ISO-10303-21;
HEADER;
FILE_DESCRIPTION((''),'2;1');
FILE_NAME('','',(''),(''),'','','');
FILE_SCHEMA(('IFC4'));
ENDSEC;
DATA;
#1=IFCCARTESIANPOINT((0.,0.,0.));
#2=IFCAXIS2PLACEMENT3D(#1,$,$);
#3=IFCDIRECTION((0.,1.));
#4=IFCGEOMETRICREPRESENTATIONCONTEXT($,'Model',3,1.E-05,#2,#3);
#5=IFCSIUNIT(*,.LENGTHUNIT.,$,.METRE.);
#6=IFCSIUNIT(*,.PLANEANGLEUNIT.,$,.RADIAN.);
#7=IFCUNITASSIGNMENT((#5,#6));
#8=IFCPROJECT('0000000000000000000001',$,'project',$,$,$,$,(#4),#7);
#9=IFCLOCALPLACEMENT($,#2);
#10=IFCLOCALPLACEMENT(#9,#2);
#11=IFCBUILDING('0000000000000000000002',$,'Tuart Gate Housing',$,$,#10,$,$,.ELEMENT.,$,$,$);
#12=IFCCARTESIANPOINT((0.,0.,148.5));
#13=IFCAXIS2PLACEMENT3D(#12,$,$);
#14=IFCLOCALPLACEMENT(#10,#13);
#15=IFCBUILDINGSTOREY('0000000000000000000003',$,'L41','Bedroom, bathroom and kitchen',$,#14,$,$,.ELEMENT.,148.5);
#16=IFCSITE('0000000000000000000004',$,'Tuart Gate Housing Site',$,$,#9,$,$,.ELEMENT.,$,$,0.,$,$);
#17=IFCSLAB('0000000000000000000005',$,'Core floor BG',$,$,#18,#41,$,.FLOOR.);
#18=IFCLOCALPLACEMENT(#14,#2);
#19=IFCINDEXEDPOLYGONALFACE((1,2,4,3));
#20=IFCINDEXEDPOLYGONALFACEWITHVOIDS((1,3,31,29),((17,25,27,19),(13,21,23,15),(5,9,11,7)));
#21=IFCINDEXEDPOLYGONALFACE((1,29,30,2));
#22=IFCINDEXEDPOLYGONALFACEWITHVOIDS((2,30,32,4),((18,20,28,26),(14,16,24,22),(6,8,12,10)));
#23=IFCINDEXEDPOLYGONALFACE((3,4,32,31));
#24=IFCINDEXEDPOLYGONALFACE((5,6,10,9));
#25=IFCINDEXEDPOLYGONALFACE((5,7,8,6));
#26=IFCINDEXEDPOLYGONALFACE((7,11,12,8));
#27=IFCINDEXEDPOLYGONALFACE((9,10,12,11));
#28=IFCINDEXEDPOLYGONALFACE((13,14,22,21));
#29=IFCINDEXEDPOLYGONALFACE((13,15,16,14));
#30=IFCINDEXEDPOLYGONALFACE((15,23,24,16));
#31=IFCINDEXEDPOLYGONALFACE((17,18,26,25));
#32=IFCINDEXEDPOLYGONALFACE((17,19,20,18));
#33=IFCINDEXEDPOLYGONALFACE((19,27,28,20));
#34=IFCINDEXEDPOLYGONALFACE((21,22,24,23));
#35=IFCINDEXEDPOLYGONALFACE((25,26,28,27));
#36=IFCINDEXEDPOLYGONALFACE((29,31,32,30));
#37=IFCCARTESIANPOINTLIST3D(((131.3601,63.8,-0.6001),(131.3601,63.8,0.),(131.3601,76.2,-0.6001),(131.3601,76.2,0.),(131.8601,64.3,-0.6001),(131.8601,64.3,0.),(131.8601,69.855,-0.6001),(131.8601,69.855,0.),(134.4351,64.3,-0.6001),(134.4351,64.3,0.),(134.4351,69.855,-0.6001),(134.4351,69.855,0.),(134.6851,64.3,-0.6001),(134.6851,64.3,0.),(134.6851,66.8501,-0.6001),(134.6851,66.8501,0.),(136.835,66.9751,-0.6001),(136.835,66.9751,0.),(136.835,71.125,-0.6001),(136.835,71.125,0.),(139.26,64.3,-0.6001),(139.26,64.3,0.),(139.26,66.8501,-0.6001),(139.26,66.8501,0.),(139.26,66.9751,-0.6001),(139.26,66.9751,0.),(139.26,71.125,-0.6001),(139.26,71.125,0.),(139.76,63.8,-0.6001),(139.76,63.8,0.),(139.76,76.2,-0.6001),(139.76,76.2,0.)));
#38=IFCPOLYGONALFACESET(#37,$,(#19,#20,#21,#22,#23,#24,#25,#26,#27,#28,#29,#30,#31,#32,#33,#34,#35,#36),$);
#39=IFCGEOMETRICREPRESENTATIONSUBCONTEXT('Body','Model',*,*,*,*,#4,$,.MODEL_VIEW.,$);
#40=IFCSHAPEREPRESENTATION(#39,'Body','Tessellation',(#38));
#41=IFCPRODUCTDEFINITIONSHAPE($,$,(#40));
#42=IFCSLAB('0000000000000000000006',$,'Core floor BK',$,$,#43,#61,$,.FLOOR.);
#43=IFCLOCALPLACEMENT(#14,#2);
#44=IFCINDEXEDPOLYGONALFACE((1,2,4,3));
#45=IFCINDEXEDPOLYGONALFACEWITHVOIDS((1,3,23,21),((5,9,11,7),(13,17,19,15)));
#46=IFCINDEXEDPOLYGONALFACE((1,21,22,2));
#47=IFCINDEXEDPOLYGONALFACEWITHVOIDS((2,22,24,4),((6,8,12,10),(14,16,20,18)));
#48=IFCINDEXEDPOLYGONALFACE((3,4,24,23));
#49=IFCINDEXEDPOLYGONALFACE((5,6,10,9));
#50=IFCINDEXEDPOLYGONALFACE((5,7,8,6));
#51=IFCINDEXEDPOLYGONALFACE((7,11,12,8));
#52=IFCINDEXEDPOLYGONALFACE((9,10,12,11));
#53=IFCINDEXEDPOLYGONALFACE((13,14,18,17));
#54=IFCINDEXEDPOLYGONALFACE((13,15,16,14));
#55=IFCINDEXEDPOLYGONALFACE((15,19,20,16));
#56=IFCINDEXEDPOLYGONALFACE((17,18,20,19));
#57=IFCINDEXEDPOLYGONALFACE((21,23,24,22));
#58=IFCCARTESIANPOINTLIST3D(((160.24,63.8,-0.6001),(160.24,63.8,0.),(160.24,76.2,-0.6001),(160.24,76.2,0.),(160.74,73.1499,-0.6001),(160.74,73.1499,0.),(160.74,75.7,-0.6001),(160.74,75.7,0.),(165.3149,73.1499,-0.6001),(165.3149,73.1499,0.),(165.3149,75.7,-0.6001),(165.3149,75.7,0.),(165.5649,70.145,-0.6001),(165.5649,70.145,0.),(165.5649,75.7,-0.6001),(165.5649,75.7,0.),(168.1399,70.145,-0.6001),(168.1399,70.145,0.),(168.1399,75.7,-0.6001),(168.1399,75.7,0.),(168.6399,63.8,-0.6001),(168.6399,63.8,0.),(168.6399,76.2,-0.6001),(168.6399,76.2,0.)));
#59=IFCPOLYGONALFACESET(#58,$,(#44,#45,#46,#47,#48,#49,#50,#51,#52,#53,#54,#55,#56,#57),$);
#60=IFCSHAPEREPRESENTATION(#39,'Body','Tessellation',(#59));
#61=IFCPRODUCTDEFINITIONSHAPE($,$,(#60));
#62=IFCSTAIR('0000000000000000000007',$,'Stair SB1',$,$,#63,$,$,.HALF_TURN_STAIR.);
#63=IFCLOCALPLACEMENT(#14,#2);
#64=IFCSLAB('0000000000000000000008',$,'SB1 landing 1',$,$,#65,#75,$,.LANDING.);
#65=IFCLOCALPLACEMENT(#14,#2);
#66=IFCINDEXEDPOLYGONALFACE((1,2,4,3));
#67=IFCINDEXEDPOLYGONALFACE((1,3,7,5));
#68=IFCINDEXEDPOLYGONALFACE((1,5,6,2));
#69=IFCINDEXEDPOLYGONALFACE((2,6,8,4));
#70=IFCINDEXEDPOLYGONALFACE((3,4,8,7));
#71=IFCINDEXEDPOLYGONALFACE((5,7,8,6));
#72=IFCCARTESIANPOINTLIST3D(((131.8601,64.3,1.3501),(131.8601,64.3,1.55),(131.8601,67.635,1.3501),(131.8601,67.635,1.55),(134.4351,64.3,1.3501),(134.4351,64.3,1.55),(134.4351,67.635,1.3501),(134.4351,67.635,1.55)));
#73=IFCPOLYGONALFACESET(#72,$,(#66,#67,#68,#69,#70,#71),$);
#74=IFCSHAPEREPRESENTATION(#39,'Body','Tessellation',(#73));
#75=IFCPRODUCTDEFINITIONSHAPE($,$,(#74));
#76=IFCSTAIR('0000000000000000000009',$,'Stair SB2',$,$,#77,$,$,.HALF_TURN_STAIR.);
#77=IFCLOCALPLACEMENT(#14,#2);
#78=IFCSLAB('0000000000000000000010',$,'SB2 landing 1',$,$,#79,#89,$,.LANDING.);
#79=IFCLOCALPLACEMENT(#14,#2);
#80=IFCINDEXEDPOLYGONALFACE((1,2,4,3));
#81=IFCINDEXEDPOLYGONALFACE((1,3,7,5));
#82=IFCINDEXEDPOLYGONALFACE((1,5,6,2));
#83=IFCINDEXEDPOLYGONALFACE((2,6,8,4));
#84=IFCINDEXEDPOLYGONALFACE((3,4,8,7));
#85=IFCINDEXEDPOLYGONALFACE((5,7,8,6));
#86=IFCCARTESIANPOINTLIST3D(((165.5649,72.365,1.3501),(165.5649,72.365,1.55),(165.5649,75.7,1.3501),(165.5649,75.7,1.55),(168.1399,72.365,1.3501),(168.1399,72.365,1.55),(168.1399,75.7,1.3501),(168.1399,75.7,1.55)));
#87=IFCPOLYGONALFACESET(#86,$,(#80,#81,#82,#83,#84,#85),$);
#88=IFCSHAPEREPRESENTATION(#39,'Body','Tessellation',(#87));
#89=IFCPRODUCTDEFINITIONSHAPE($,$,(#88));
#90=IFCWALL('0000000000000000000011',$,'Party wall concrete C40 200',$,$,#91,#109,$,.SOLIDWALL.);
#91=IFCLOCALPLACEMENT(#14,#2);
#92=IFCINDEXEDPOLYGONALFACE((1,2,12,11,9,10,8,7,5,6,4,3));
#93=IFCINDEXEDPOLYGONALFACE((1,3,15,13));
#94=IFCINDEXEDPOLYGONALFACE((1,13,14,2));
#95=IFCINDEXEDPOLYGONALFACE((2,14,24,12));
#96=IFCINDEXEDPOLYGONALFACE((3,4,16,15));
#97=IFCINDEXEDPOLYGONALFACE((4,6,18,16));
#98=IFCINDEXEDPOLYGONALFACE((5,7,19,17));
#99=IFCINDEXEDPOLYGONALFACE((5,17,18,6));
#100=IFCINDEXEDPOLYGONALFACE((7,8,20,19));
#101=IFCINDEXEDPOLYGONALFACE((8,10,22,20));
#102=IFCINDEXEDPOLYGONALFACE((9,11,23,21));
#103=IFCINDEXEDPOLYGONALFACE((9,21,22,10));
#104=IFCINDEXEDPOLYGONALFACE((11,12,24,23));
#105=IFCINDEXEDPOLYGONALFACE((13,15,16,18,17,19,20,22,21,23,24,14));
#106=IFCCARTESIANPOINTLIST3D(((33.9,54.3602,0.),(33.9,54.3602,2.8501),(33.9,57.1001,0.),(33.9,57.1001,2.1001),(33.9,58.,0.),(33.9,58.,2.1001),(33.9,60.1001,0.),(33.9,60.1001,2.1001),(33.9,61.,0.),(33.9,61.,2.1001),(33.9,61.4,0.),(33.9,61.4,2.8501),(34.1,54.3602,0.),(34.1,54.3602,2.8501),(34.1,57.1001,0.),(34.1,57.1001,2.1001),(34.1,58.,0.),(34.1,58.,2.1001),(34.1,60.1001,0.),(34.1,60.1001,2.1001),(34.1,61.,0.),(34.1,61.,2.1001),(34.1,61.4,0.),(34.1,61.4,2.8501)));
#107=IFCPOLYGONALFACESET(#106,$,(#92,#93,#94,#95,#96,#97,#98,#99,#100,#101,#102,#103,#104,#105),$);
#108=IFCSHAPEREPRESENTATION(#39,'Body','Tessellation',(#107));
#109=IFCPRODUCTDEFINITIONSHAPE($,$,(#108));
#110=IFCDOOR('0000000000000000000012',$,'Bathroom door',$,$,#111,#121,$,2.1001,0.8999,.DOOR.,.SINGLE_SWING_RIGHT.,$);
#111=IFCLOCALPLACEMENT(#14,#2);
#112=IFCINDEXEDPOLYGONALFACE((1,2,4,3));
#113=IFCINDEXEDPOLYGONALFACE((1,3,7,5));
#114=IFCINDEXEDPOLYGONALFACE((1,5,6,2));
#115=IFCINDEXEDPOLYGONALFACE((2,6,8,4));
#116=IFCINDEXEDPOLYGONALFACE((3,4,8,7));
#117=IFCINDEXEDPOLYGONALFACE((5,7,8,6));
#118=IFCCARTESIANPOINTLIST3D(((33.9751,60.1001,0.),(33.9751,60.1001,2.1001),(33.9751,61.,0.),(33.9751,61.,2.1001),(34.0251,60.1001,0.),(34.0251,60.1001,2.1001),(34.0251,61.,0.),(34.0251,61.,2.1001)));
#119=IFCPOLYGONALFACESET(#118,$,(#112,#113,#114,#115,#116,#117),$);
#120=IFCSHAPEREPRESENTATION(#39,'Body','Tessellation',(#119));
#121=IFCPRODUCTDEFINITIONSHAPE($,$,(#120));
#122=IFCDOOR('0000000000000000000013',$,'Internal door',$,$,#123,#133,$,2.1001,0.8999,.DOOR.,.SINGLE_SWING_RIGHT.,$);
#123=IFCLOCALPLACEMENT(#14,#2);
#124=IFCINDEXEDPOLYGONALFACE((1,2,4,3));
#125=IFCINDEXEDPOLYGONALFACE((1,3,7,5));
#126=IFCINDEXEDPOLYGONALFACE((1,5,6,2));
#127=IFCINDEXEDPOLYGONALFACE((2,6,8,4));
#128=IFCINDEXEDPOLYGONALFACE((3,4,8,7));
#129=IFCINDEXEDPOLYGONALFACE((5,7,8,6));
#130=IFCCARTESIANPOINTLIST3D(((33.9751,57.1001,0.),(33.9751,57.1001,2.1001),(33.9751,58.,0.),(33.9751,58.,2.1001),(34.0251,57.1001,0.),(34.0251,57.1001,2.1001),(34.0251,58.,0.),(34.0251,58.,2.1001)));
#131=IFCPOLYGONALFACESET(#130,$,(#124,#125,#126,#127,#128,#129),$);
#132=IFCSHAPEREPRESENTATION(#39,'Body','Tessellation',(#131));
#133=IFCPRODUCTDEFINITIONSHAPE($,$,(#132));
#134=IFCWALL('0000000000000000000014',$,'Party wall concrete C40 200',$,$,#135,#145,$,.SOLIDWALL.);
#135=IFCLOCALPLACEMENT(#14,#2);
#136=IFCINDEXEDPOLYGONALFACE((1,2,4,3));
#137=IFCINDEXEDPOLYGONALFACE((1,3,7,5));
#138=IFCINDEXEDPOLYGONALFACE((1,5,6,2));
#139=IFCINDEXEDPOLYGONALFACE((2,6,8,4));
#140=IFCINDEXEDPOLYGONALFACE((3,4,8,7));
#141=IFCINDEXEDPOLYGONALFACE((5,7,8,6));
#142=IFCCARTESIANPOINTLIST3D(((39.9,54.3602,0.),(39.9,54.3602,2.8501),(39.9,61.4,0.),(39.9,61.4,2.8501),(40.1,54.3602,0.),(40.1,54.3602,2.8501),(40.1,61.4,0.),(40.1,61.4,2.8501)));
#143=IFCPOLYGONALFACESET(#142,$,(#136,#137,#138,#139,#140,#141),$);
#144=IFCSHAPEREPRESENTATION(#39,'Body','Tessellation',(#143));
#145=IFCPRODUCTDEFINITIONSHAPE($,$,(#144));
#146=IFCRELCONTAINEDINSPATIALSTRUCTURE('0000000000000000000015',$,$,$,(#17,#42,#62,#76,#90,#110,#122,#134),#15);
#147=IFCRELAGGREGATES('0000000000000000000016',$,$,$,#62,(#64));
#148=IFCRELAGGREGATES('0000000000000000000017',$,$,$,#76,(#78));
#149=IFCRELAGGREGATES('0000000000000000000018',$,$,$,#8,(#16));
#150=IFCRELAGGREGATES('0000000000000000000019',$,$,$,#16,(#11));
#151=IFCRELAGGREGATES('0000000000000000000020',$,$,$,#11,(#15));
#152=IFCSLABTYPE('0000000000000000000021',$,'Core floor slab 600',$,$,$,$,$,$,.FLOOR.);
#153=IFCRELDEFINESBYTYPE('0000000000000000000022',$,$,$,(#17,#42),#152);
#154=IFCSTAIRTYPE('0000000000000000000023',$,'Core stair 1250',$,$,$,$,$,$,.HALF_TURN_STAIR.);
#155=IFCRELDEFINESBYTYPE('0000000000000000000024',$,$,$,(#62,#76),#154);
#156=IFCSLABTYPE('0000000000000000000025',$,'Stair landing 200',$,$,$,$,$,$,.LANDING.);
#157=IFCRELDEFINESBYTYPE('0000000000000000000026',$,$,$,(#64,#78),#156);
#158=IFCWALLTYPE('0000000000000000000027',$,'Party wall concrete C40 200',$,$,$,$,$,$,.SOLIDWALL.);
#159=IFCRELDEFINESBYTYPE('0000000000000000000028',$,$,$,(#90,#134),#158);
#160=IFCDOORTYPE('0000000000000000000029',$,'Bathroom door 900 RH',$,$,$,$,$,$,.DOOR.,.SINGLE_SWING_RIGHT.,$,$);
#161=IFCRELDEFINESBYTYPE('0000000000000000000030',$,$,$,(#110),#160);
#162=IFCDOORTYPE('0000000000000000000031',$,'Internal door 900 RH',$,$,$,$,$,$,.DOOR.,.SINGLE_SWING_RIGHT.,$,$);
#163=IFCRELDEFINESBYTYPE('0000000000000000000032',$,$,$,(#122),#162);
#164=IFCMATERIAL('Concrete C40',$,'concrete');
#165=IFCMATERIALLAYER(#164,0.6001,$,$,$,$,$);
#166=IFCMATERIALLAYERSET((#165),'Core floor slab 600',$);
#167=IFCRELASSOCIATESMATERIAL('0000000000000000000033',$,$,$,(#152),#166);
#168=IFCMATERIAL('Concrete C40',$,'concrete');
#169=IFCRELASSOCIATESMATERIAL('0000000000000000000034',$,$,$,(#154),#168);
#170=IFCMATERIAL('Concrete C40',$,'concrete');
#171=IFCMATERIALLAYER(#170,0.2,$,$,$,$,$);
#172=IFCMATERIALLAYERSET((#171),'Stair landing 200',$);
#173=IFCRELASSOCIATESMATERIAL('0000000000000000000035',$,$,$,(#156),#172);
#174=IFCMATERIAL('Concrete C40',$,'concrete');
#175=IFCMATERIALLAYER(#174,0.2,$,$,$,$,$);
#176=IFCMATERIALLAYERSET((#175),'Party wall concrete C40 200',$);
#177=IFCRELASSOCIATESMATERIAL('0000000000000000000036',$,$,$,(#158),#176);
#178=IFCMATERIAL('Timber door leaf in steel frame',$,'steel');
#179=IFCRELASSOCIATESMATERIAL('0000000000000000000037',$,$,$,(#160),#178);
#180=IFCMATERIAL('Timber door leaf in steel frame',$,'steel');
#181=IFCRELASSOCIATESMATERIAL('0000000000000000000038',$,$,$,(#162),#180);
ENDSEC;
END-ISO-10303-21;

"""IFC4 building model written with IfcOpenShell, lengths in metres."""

from ifc_helpers import new_model, si_unit, direction, frame, frame_2d, origin, place, context, subcontext, project, spatial, polyline, rectangle, outline, extrude, material, layer, layer_set, type_object, element, fill, aggregate, save


model = new_model("IFC4")

# Units and contexts
model_context = context("Model", 3, precision=1e-05, world=origin(), true_north=direction((0.0, 1.0)))
body_context = subcontext(model_context, "Body", "Model", "MODEL_VIEW")
ifc_project = project(units=[si_unit("LENGTHUNIT", "METRE"), si_unit("PLANEANGLEUNIT", "RADIAN")], contexts=[model_context])

# Site, building, storey
site_placement = place(None, origin())
site = spatial("IfcSite", under=ifc_project, at=site_placement, Name="Tuart Gate Housing Site", CompositionType="ELEMENT", RefElevation=0.0)
building_placement = place(site_placement, origin())
building = spatial("IfcBuilding", under=site, at=building_placement, Name="Tuart Gate Housing", CompositionType="ELEMENT")
storey_placement = place(building_placement, frame((0.0, 0.0, 148.5)))
storey = spatial("IfcBuildingStorey", under=building, at=storey_placement, Name="L41", Description="Bedroom, bathroom and kitchen", CompositionType="ELEMENT", Elevation=148.5)

# Slabs
ifc_material_1 = material(Name="Concrete C40", Category="concrete")
ifc_layer_1 = layer(ifc_material_1, 0.6001)
ifc_layer_set_1 = layer_set([ifc_layer_1], Name="Core floor slab 600")
slab_type_1 = type_object("IfcSlabType", Name="Core floor slab 600", PredefinedType="FLOOR", material=ifc_layer_set_1)
slab_1_placement = place(storey_placement, frame((0.0, 0.0, -0.6001)))
element("IfcSlab", 1, at=slab_1_placement, inside=storey, type_object=slab_type_1, Name="Core floor BG", PredefinedType="FLOOR", context=body_context, shape_type="SweptSolid", body=[
    extrude(outline(polyline([(131.3601, 63.8), (139.76, 63.8), (139.76, 76.2), (131.3601, 76.2), (131.3601, 63.8)]), holes=[polyline([(139.26, 66.8501), (134.6851, 66.8501), (134.6851, 64.3), (139.26, 64.3), (139.26, 66.8501)]), polyline([(139.26, 71.125), (136.835, 71.125), (136.835, 66.9751), (139.26, 66.9751), (139.26, 71.125)]), polyline([(134.4351, 69.855), (131.8601, 69.855), (131.8601, 64.3), (134.4351, 64.3), (134.4351, 69.855)])]), origin(), (0.0, 0.0, 1.0), 0.6001),
])
slab_2_placement = place(storey_placement, frame((0.0, 0.0, -0.6001)))
element("IfcSlab", 2, at=slab_2_placement, inside=storey, type_object=slab_type_1, Name="Core floor BK", PredefinedType="FLOOR", context=body_context, shape_type="SweptSolid", body=[
    extrude(outline(polyline([(160.24, 63.8), (168.6399, 63.8), (168.6399, 76.2), (160.24, 76.2), (160.24, 63.8)]), holes=[polyline([(160.74, 73.1499), (165.3149, 73.1499), (165.3149, 75.7), (160.74, 75.7), (160.74, 73.1499)]), polyline([(165.5649, 70.145), (168.1399, 70.145), (168.1399, 75.7), (165.5649, 75.7), (165.5649, 70.145)])]), origin(), (0.0, 0.0, 1.0), 0.6001),
])

# Stairs, slabs
ifc_material_2 = material(Name="Concrete C40", Category="concrete")
stair_type = type_object("IfcStairType", Name="Core stair 1250", PredefinedType="HALF_TURN_STAIR", material=ifc_material_2)
stair_1_placement = place(storey_placement, origin())
stair_1 = element("IfcStair", 3, at=stair_1_placement, inside=storey, type_object=stair_type, Name="Stair SB1", PredefinedType="HALF_TURN_STAIR")
ifc_material_3 = material(Name="Concrete C40", Category="concrete")
ifc_layer_2 = layer(ifc_material_3, 0.2)
ifc_layer_set_2 = layer_set([ifc_layer_2], Name="Stair landing 200")
slab_type_2 = type_object("IfcSlabType", Name="Stair landing 200", PredefinedType="LANDING", material=ifc_layer_set_2)
slab_3_placement = place(storey_placement, frame((0.0, 0.0, 1.3501)))
slab_3 = element("IfcSlab", 4, at=slab_3_placement, type_object=slab_type_2, Name="SB1 landing 1", PredefinedType="LANDING", context=body_context, shape_type="SweptSolid", body=[
    extrude(outline(polyline([(134.4351, 67.635), (131.8601, 67.635), (131.8601, 64.3), (134.4351, 64.3), (134.4351, 67.635)])), origin(), (0.0, 0.0, 1.0), 0.2),
])
aggregate(stair_1, [slab_3])
stair_2_placement = place(storey_placement, origin())
stair_2 = element("IfcStair", 5, at=stair_2_placement, inside=storey, type_object=stair_type, Name="Stair SB2", PredefinedType="HALF_TURN_STAIR")
slab_4_placement = place(storey_placement, frame((0.0, 0.0, 1.3501)))
slab_4 = element("IfcSlab", 6, at=slab_4_placement, type_object=slab_type_2, Name="SB2 landing 1", PredefinedType="LANDING", context=body_context, shape_type="SweptSolid", body=[
    extrude(outline(polyline([(165.5649, 72.365), (168.1399, 72.365), (168.1399, 75.7), (165.5649, 75.7), (165.5649, 72.365)])), origin(), (0.0, 0.0, 1.0), 0.2),
])
aggregate(stair_2, [slab_4])

# Wall, openings, doors
ifc_material_4 = material(Name="Concrete C40", Category="concrete")
ifc_layer_3 = layer(ifc_material_4, 0.2)
ifc_layer_set_3 = layer_set([ifc_layer_3], Name="Party wall concrete C40 200")
wall_type_1 = type_object("IfcWallType", Name="Party wall concrete C40 200", PredefinedType="SOLIDWALL", material=ifc_layer_set_3)
wall_1_placement = place(storey_placement, frame((34.0, 54.3601, 0.0), z_axis=(0.0, 0.0, 1.0), x_axis=(0.0, 1.0, 0.0)))
wall_1 = element("IfcWall", 7, at=wall_1_placement, inside=storey, type_object=wall_type_1, Name="Party wall concrete C40 200", PredefinedType="SOLIDWALL", context=body_context, shape_type="SweptSolid", body=[
    extrude(rectangle(XDim=7.0398, YDim=0.2, at=frame_2d((3.52, 0.0))), origin(), (0.0, 0.0, 1.0), 2.8501),
])
opening_1_placement = place(wall_1_placement, frame((2.74, 0.0, 0.0)))
opening_1 = element("IfcOpeningElement", 8, at=opening_1_placement, cuts=wall_1, PredefinedType="OPENING", context=body_context, shape_type="SweptSolid", body=[
    extrude(rectangle(XDim=0.8999, YDim=2.1001, at=frame_2d((0.45, 1.05))), frame((0.0, 0.1099, 0.0), z_axis=(0.0, -1.0, 0.0), x_axis=(1.0, 0.0, 0.0)), (0.0, 0.0, 1.0), 0.22),
])
opening_2_placement = place(wall_1_placement, frame((5.74, 0.0, 0.0)))
opening_2 = element("IfcOpeningElement", 9, at=opening_2_placement, cuts=wall_1, PredefinedType="OPENING", context=body_context, shape_type="SweptSolid", body=[
    extrude(rectangle(XDim=0.8999, YDim=2.1001, at=frame_2d((0.45, 1.05))), frame((0.0, 0.1099, 0.0), z_axis=(0.0, -1.0, 0.0), x_axis=(1.0, 0.0, 0.0)), (0.0, 0.0, 1.0), 0.22),
])
ifc_material_5 = material(Name="Timber door leaf in steel frame", Category="steel")
door_type_1 = type_object("IfcDoorType", Name="Bathroom door 900 RH", OperationType="SINGLE_SWING_RIGHT", PredefinedType="DOOR", material=ifc_material_5)
door_1_placement = place(opening_2_placement, origin())
door_1 = element("IfcDoor", 10, at=door_1_placement, inside=storey, type_object=door_type_1, Name="Bathroom door", OperationType="SINGLE_SWING_RIGHT", OverallHeight=2.1001, OverallWidth=0.8999, PredefinedType="DOOR", context=body_context, shape_type="SweptSolid", body=[
    extrude(rectangle(XDim=0.8999, YDim=2.1001, at=frame_2d((0.45, 1.05))), frame((0.0, 0.0249, 0.0), z_axis=(0.0, -1.0, 0.0), x_axis=(1.0, 0.0, 0.0)), (0.0, 0.0, 1.0), 0.05),
])
fill(opening_2, door_1)
ifc_material_6 = material(Name="Timber door leaf in steel frame", Category="steel")
door_type_2 = type_object("IfcDoorType", Name="Internal door 900 RH", OperationType="SINGLE_SWING_RIGHT", PredefinedType="DOOR", material=ifc_material_6)
door_2_placement = place(opening_1_placement, origin())
door_2 = element("IfcDoor", 11, at=door_2_placement, inside=storey, type_object=door_type_2, Name="Internal door", OperationType="SINGLE_SWING_RIGHT", OverallHeight=2.1001, OverallWidth=0.8999, PredefinedType="DOOR", context=body_context, shape_type="SweptSolid", body=[
    extrude(rectangle(XDim=0.8999, YDim=2.1001, at=frame_2d((0.45, 1.05))), frame((0.0, 0.0249, 0.0), z_axis=(0.0, -1.0, 0.0), x_axis=(1.0, 0.0, 0.0)), (0.0, 0.0, 1.0), 0.05),
])
fill(opening_1, door_2)

# Wall
wall_2_placement = place(storey_placement, frame((40.0, 54.3601, 0.0), z_axis=(0.0, 0.0, 1.0), x_axis=(0.0, 1.0, 0.0)))
element("IfcWall", 12, at=wall_2_placement, inside=storey, type_object=wall_type_1, Name="Party wall concrete C40 200", PredefinedType="SOLIDWALL", context=body_context, shape_type="SweptSolid", body=[
    extrude(rectangle(XDim=7.0398, YDim=0.2, at=frame_2d((3.52, 0.0))), origin(), (0.0, 0.0, 1.0), 2.8501),
])

save(model, "model.ifc")
